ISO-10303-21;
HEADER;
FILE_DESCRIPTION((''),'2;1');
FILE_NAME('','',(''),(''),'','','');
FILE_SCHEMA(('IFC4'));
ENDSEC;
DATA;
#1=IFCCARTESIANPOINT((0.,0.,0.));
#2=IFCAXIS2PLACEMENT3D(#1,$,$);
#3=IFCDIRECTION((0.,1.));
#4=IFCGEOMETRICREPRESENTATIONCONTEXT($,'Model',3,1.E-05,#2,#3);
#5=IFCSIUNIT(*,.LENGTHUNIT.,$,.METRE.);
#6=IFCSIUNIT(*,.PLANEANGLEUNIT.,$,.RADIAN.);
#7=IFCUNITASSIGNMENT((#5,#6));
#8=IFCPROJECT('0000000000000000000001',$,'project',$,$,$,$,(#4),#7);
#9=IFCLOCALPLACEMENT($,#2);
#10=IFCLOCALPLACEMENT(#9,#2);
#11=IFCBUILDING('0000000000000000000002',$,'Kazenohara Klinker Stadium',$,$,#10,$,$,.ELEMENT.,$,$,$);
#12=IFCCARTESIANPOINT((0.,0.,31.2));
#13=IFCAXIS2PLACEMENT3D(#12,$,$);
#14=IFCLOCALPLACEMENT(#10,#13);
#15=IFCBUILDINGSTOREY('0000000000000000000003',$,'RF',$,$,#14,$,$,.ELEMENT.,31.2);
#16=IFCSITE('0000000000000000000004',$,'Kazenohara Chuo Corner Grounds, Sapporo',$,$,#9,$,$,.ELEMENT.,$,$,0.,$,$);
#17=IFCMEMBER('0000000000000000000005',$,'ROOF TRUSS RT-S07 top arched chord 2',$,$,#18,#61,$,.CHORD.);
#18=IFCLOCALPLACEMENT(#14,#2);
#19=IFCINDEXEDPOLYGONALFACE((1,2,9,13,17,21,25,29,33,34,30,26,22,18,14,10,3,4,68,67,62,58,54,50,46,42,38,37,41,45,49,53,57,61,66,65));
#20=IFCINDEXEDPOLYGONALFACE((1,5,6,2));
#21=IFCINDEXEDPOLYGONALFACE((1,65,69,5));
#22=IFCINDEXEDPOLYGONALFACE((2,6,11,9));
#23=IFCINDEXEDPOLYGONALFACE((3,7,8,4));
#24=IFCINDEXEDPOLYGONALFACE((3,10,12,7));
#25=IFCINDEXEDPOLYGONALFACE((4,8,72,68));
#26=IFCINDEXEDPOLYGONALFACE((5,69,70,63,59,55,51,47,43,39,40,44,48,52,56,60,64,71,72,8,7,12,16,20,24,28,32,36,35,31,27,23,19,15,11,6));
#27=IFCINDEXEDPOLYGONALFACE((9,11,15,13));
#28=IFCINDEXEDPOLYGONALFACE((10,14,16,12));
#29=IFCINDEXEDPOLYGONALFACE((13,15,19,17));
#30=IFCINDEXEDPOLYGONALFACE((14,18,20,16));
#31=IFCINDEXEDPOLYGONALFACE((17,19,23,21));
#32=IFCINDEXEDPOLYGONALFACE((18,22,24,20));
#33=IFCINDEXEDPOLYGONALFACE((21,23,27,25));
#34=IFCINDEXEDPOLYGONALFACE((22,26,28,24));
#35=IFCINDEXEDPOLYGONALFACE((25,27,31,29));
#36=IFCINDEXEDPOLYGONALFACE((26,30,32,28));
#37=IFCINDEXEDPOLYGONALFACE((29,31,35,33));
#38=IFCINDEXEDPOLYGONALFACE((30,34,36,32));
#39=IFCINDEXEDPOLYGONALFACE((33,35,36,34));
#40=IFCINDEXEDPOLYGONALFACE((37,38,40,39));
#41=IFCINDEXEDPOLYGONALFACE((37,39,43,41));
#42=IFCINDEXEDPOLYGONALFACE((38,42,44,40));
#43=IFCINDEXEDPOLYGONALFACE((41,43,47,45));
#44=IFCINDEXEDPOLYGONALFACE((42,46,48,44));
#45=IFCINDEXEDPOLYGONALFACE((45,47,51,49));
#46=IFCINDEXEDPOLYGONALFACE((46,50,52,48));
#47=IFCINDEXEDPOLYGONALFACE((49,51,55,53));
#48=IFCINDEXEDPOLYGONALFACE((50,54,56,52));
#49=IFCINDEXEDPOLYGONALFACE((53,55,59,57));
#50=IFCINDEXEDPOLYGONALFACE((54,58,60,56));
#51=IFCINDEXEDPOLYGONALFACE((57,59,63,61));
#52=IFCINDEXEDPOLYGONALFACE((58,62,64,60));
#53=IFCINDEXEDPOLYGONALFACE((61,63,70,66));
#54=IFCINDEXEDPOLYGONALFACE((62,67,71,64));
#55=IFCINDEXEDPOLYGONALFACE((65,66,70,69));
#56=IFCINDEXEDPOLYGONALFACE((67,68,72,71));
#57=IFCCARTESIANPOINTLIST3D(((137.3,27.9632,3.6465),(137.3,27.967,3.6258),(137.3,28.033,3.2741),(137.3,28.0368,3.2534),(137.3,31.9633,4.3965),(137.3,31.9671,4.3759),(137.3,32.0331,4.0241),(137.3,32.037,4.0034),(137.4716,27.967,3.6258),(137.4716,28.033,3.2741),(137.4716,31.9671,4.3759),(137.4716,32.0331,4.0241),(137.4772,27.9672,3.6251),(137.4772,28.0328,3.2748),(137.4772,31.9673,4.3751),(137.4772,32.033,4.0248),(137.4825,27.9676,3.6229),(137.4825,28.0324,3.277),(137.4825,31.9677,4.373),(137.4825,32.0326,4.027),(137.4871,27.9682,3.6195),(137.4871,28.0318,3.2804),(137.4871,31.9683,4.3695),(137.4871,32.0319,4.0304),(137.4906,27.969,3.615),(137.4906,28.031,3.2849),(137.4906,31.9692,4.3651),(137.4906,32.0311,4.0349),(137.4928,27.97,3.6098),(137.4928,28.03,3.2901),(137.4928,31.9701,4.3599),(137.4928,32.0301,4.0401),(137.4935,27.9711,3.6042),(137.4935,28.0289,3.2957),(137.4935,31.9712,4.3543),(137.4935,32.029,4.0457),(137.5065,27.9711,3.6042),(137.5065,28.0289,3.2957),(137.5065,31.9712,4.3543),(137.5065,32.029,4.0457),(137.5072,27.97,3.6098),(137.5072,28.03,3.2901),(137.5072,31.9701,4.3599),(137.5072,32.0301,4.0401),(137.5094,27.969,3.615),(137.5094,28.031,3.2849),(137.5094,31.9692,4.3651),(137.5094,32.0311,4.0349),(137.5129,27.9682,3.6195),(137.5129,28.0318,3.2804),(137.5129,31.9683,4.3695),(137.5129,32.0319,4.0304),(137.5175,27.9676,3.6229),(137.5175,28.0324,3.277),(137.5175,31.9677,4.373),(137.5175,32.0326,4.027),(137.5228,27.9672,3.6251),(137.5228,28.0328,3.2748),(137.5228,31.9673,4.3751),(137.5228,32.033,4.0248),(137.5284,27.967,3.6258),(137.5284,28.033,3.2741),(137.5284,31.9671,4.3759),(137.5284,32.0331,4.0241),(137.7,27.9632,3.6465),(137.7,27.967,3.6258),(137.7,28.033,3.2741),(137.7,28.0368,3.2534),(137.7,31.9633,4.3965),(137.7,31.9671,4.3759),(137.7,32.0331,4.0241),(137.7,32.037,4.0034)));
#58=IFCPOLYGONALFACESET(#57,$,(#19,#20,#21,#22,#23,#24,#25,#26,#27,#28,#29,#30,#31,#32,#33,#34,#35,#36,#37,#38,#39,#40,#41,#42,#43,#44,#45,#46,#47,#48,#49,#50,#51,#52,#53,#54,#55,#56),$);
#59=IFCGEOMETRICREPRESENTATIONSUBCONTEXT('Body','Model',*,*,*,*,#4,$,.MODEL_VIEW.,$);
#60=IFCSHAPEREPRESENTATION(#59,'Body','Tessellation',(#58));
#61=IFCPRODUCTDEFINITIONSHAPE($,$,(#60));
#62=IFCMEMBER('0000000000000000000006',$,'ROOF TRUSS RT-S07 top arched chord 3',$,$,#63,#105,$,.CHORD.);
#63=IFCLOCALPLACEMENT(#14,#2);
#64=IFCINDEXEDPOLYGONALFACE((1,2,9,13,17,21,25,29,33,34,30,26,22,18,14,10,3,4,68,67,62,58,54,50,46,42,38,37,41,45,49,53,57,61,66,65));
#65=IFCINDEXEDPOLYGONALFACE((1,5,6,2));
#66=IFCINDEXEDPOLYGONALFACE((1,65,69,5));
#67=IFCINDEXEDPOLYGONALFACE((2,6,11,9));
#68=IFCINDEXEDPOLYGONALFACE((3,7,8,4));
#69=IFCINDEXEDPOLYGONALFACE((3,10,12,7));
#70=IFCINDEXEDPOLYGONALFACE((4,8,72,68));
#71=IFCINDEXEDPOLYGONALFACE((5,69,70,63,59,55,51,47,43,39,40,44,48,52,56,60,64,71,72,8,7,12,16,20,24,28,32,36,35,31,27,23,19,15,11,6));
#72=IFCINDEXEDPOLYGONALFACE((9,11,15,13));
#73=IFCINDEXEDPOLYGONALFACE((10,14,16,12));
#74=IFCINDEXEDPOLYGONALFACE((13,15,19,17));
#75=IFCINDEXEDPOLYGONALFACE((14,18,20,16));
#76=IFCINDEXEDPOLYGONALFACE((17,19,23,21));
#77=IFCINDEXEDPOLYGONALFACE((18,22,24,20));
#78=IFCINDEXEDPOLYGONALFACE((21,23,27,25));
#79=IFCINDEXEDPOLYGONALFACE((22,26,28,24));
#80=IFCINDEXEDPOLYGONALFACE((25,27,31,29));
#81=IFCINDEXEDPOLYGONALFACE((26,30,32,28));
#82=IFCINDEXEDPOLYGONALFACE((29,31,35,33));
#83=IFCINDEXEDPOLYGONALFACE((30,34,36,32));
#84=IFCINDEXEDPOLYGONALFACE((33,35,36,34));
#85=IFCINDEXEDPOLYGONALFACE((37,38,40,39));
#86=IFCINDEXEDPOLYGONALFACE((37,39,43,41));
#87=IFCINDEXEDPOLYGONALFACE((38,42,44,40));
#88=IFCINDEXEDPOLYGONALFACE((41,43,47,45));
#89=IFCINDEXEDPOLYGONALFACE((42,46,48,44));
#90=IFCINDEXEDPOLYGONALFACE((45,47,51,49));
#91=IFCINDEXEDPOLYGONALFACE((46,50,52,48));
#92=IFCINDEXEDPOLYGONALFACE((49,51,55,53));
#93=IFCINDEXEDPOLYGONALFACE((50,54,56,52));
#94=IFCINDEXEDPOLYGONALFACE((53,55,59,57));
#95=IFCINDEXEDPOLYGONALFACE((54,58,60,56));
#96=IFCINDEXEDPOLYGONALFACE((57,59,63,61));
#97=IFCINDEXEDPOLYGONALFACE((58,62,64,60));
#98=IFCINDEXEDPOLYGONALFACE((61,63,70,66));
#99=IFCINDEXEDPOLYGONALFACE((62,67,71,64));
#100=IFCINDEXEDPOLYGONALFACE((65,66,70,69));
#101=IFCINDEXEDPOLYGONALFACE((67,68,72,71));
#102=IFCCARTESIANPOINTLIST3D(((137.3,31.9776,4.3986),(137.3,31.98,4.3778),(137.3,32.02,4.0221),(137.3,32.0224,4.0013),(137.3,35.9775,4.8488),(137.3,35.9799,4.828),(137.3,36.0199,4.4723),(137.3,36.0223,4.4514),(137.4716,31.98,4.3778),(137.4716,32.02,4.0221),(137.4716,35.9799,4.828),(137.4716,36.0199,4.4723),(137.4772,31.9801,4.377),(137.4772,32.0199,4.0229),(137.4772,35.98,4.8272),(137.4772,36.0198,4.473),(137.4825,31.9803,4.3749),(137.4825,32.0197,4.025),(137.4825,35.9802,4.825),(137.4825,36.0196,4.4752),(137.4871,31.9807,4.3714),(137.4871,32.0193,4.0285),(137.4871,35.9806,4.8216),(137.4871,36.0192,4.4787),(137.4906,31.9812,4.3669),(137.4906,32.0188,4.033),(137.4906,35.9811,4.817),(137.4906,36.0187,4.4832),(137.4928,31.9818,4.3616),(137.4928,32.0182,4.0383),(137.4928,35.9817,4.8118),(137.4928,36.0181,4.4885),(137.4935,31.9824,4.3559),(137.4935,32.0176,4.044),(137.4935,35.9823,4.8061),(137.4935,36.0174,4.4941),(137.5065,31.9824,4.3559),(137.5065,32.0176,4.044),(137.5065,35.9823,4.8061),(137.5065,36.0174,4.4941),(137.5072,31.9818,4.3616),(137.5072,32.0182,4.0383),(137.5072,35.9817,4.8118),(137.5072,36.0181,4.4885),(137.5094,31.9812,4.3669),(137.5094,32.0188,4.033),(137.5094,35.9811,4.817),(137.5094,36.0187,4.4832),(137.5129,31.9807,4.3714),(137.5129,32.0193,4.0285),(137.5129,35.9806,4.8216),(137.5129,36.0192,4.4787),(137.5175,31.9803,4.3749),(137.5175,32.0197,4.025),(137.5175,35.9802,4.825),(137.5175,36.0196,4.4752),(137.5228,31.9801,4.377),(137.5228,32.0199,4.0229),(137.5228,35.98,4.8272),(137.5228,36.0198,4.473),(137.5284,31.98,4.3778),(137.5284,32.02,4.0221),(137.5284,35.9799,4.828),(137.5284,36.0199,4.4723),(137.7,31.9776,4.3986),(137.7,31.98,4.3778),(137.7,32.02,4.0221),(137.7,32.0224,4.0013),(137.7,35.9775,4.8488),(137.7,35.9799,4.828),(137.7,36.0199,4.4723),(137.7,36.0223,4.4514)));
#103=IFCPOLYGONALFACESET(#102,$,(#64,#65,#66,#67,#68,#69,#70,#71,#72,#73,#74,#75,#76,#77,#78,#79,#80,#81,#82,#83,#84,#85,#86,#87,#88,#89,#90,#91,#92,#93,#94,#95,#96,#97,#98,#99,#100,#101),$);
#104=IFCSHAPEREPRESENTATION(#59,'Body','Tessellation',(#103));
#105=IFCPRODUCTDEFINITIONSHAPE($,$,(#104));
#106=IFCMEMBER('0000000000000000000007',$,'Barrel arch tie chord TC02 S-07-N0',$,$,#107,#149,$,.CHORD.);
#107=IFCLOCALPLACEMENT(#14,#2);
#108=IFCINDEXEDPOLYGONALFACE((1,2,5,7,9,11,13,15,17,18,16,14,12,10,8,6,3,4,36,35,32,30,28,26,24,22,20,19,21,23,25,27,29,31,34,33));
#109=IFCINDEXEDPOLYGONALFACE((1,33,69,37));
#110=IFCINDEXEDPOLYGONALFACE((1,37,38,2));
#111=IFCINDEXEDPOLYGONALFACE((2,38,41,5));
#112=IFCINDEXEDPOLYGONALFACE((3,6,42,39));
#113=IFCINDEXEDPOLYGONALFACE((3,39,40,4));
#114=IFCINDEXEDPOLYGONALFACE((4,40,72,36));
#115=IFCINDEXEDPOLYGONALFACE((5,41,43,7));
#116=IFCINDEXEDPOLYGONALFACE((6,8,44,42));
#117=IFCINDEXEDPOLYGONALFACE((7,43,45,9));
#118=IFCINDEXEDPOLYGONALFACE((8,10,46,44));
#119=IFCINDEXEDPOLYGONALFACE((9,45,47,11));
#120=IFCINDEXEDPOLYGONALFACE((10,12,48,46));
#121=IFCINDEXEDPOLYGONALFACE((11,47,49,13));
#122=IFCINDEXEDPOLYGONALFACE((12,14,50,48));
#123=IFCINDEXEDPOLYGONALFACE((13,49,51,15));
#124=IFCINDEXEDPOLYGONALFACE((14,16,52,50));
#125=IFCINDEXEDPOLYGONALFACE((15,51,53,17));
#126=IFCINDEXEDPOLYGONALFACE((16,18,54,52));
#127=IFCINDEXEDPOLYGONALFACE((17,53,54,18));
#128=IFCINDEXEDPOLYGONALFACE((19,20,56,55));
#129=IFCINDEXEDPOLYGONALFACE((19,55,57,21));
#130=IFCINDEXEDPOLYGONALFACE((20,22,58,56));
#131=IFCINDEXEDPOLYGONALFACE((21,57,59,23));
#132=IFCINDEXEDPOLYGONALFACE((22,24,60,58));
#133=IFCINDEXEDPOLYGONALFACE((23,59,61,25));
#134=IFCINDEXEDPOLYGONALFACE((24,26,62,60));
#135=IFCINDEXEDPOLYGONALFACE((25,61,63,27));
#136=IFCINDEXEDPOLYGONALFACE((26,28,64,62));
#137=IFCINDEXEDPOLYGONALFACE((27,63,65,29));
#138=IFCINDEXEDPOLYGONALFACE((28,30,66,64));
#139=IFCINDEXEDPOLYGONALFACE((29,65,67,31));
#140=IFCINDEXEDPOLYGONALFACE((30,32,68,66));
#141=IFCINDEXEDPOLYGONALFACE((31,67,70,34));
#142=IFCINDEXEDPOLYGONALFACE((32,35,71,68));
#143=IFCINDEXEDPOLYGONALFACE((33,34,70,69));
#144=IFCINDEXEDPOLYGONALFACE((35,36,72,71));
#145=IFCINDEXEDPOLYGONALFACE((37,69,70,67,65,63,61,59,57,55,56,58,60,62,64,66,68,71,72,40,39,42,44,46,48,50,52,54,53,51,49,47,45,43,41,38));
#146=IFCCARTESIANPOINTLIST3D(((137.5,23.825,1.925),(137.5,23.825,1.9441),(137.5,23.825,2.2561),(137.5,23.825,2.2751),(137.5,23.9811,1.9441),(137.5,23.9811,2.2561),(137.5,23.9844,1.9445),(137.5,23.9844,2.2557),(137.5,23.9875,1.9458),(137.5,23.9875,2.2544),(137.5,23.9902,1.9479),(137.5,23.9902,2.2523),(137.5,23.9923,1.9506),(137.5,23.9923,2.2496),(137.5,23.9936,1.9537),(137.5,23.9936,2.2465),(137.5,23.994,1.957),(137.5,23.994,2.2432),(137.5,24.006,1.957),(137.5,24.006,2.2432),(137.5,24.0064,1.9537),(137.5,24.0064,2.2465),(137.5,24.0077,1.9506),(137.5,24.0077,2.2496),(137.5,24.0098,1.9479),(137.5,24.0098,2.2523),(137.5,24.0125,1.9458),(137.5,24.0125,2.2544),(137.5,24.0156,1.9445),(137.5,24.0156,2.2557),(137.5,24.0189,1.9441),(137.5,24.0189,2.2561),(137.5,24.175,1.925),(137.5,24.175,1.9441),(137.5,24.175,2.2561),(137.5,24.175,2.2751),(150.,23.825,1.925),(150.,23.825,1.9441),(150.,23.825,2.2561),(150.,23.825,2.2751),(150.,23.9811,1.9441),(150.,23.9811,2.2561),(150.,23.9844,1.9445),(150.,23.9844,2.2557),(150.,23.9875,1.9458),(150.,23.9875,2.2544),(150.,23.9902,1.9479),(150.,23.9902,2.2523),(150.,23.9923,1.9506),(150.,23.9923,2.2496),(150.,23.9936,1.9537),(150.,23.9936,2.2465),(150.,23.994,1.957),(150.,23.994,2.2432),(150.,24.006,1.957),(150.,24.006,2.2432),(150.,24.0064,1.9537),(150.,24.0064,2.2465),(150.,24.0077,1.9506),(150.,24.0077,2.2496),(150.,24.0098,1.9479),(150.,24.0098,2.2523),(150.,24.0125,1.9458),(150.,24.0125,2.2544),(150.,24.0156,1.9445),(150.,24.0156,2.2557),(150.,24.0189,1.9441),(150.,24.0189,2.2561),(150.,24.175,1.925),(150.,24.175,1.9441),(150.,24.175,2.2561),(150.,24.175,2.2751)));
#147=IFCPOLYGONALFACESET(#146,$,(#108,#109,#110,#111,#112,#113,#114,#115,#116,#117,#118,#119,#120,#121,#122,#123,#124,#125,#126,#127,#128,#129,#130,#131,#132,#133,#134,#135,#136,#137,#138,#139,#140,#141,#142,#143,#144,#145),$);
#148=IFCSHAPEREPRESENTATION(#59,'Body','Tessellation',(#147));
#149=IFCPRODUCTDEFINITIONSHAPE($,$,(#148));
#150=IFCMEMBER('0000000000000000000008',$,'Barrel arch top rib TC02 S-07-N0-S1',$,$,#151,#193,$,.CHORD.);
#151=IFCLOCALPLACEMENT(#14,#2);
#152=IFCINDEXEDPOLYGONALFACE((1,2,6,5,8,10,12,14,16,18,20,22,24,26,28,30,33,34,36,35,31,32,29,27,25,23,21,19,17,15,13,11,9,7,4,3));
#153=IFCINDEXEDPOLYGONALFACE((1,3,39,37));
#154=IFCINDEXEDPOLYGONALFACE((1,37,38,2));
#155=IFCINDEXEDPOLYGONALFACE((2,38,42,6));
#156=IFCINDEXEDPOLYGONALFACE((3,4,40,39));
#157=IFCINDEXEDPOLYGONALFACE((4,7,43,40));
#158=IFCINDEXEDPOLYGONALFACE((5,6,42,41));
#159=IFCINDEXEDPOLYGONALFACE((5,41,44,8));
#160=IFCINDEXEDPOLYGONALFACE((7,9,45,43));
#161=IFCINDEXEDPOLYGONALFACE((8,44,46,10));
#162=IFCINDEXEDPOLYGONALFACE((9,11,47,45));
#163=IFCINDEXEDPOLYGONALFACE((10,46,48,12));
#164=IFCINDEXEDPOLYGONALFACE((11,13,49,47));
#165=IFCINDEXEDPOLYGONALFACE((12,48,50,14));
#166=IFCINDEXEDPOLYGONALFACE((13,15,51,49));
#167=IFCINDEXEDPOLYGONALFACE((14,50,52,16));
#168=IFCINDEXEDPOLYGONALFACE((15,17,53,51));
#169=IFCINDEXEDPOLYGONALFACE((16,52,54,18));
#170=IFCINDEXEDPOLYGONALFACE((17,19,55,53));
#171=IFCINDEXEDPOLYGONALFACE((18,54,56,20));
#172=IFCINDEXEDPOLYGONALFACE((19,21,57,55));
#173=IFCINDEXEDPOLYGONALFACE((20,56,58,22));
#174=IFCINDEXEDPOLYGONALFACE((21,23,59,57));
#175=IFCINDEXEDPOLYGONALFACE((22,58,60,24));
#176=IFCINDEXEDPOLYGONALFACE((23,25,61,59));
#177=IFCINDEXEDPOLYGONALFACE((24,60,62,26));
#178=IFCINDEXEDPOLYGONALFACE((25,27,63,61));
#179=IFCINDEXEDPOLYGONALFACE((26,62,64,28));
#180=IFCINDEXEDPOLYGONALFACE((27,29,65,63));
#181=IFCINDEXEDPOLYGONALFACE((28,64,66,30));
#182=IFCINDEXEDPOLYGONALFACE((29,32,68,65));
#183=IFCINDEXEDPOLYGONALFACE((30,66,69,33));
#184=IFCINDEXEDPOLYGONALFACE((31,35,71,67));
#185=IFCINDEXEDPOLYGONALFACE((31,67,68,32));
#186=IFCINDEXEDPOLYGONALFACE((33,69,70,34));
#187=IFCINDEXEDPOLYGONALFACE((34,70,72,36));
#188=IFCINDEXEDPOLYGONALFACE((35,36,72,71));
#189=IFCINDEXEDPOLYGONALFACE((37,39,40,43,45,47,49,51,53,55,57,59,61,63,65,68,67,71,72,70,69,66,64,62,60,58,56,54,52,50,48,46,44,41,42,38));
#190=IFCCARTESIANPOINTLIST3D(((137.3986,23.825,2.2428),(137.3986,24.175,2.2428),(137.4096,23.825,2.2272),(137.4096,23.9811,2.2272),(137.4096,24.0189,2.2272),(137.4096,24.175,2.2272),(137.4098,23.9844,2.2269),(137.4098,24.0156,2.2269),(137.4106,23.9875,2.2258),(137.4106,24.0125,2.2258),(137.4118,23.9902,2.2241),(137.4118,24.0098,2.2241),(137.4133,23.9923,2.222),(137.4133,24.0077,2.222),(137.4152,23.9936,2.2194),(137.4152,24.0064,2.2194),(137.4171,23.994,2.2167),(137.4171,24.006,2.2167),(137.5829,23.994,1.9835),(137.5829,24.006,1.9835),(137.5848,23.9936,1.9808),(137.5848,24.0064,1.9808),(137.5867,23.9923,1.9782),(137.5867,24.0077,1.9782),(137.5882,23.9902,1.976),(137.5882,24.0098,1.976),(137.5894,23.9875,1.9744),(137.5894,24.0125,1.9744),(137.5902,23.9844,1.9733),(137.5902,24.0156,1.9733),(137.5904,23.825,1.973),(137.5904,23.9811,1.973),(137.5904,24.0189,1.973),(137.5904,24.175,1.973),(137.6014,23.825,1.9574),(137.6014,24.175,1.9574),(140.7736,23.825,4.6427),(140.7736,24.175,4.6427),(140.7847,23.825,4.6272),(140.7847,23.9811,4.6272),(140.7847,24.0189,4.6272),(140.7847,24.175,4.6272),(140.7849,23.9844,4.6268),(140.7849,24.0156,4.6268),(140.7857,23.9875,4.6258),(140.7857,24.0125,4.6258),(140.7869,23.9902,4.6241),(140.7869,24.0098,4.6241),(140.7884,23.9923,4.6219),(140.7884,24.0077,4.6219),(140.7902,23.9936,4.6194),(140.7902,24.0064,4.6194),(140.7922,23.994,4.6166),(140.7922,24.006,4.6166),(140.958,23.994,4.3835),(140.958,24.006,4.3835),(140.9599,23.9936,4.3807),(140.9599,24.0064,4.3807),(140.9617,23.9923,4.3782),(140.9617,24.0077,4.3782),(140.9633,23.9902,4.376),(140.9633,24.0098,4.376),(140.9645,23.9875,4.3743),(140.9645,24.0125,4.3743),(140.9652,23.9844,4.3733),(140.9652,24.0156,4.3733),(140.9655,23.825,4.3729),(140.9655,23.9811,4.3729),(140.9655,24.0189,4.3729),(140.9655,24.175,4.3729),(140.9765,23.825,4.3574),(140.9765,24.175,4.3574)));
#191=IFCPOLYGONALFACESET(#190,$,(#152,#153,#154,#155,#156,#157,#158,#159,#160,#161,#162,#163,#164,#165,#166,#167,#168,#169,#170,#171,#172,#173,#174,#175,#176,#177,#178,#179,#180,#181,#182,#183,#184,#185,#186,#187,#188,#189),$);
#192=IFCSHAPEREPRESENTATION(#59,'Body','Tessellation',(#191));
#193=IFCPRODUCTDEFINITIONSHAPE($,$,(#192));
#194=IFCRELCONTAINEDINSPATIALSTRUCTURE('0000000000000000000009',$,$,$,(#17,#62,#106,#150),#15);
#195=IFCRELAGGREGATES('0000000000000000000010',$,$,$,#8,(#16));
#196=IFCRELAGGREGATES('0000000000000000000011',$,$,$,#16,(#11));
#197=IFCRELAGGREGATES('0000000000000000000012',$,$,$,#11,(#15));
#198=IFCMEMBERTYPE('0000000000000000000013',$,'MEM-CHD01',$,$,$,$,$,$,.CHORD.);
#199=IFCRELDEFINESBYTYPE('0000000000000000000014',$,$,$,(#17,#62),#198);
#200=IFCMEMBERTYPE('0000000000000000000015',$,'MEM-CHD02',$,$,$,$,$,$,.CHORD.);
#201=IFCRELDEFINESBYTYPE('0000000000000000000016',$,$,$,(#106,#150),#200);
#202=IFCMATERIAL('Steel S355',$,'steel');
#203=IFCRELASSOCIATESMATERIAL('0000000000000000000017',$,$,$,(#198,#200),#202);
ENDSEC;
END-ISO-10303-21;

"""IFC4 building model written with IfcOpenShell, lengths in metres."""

from ifc_helpers import new_model, si_unit, direction, frame, origin, origin_2d, place, context, subcontext, project, spatial, i_section, extrude, material, material_profile, profile_set, type_object, element, save


model = new_model("IFC4")

# Units and contexts
model_context = context("Model", 3, precision=1e-05, world=origin(), true_north=direction((0.0, 1.0)))
body_context = subcontext(model_context, "Body", "Model", "MODEL_VIEW")
ifc_project = project(units=[si_unit("LENGTHUNIT", "METRE"), si_unit("PLANEANGLEUNIT", "RADIAN")], contexts=[model_context])

# Site, building, storey
site_placement = place(None, origin())
site = spatial("IfcSite", under=ifc_project, at=site_placement, Name="Kazenohara Chuo Corner Grounds, Sapporo", CompositionType="ELEMENT", RefElevation=0.0)
building_placement = place(site_placement, origin())
building = spatial("IfcBuilding", under=site, at=building_placement, Name="Kazenohara Klinker Stadium", CompositionType="ELEMENT")
storey_placement = place(building_placement, frame((0.0, 0.0, 31.2)))
storey = spatial("IfcBuildingStorey", under=building, at=storey_placement, Name="RF", CompositionType="ELEMENT", Elevation=31.2)

# Members
ifc_material_1 = material(Name="Steel S355", Category="steel")
ifc_material_profile_1 = material_profile(ifc_material_1, i_section(OverallWidth=0.3999, OverallDepth=0.3999, WebThickness=0.0129, FlangeThickness=0.021, FilletRadius=0.022, at=origin_2d()), Name="H-400x400x13x21")
ifc_profile_set_1 = profile_set([ifc_material_profile_1], Name="Steel S355")
member_type_1 = type_object("IfcMemberType", Name="MEM-CHD01", PredefinedType="CHORD", material=ifc_profile_set_1)
member_1_placement = place(storey_placement, frame((137.5, 28.0, 3.45), z_axis=(0.0, 0.982872, 0.184289), x_axis=(-1.0, 0.0, 0.0)))
element("IfcMember", 1, at=member_1_placement, inside=storey, type_object=member_type_1, Name="ROOF TRUSS RT-S07 top arched chord 2", PredefinedType="CHORD", context=body_context, shape_type="SweptSolid", body=[
    extrude(i_section(OverallWidth=0.3999, OverallDepth=0.3999, WebThickness=0.0129, FlangeThickness=0.021, FilletRadius=0.022, at=origin_2d()), origin(), (0.0, 0.0, 1.0), 4.0698),
])
member_2_placement = place(storey_placement, frame((137.5, 32.0, 4.2), z_axis=(0.0, 0.993726, 0.111843), x_axis=(-1.0, 0.0, 0.0)))
element("IfcMember", 2, at=member_2_placement, inside=storey, type_object=member_type_1, Name="ROOF TRUSS RT-S07 top arched chord 3", PredefinedType="CHORD", context=body_context, shape_type="SweptSolid", body=[
    extrude(i_section(OverallWidth=0.3999, OverallDepth=0.3999, WebThickness=0.0129, FlangeThickness=0.021, FilletRadius=0.022, at=origin_2d()), origin(), (0.0, 0.0, 1.0), 4.0251),
])
ifc_material_profile_2 = material_profile(ifc_material_1, i_section(OverallWidth=0.3501, OverallDepth=0.3501, WebThickness=0.012, FlangeThickness=0.019, FilletRadius=0.0129, at=origin_2d()), Name="H-350x350x12x19")
ifc_profile_set_2 = profile_set([ifc_material_profile_2], Name="Steel S355")
member_type_2 = type_object("IfcMemberType", Name="MEM-CHD02", PredefinedType="CHORD", material=ifc_profile_set_2)
member_3_placement = place(storey_placement, frame((137.5, 24.0, 2.1001), z_axis=(1.0, 0.0, 0.0), x_axis=(0.0, 1.0, 0.0)))
element("IfcMember", 3, at=member_3_placement, inside=storey, type_object=member_type_2, Name="Barrel arch tie chord TC02 S-07-N0", PredefinedType="CHORD", context=body_context, shape_type="SweptSolid", body=[
    extrude(i_section(OverallWidth=0.3501, OverallDepth=0.3501, WebThickness=0.012, FlangeThickness=0.019, FilletRadius=0.0129, at=origin_2d()), origin(), (0.0, 0.0, 1.0), 12.5),
])
member_4_placement = place(storey_placement, frame((137.5, 24.0, 2.1001), z_axis=(0.814966, 0.0, 0.579508), x_axis=(0.0, 1.0, 0.0)))
element("IfcMember", 4, at=member_4_placement, inside=storey, type_object=member_type_2, Name="Barrel arch top rib TC02 S-07-N0-S1", PredefinedType="CHORD", context=body_context, shape_type="SweptSolid", body=[
    extrude(i_section(OverallWidth=0.3501, OverallDepth=0.3501, WebThickness=0.012, FlangeThickness=0.019, FilletRadius=0.0129, at=origin_2d()), origin(), (0.0, 0.0, 1.0), 4.1414),
])

save(model, "model.ifc")
